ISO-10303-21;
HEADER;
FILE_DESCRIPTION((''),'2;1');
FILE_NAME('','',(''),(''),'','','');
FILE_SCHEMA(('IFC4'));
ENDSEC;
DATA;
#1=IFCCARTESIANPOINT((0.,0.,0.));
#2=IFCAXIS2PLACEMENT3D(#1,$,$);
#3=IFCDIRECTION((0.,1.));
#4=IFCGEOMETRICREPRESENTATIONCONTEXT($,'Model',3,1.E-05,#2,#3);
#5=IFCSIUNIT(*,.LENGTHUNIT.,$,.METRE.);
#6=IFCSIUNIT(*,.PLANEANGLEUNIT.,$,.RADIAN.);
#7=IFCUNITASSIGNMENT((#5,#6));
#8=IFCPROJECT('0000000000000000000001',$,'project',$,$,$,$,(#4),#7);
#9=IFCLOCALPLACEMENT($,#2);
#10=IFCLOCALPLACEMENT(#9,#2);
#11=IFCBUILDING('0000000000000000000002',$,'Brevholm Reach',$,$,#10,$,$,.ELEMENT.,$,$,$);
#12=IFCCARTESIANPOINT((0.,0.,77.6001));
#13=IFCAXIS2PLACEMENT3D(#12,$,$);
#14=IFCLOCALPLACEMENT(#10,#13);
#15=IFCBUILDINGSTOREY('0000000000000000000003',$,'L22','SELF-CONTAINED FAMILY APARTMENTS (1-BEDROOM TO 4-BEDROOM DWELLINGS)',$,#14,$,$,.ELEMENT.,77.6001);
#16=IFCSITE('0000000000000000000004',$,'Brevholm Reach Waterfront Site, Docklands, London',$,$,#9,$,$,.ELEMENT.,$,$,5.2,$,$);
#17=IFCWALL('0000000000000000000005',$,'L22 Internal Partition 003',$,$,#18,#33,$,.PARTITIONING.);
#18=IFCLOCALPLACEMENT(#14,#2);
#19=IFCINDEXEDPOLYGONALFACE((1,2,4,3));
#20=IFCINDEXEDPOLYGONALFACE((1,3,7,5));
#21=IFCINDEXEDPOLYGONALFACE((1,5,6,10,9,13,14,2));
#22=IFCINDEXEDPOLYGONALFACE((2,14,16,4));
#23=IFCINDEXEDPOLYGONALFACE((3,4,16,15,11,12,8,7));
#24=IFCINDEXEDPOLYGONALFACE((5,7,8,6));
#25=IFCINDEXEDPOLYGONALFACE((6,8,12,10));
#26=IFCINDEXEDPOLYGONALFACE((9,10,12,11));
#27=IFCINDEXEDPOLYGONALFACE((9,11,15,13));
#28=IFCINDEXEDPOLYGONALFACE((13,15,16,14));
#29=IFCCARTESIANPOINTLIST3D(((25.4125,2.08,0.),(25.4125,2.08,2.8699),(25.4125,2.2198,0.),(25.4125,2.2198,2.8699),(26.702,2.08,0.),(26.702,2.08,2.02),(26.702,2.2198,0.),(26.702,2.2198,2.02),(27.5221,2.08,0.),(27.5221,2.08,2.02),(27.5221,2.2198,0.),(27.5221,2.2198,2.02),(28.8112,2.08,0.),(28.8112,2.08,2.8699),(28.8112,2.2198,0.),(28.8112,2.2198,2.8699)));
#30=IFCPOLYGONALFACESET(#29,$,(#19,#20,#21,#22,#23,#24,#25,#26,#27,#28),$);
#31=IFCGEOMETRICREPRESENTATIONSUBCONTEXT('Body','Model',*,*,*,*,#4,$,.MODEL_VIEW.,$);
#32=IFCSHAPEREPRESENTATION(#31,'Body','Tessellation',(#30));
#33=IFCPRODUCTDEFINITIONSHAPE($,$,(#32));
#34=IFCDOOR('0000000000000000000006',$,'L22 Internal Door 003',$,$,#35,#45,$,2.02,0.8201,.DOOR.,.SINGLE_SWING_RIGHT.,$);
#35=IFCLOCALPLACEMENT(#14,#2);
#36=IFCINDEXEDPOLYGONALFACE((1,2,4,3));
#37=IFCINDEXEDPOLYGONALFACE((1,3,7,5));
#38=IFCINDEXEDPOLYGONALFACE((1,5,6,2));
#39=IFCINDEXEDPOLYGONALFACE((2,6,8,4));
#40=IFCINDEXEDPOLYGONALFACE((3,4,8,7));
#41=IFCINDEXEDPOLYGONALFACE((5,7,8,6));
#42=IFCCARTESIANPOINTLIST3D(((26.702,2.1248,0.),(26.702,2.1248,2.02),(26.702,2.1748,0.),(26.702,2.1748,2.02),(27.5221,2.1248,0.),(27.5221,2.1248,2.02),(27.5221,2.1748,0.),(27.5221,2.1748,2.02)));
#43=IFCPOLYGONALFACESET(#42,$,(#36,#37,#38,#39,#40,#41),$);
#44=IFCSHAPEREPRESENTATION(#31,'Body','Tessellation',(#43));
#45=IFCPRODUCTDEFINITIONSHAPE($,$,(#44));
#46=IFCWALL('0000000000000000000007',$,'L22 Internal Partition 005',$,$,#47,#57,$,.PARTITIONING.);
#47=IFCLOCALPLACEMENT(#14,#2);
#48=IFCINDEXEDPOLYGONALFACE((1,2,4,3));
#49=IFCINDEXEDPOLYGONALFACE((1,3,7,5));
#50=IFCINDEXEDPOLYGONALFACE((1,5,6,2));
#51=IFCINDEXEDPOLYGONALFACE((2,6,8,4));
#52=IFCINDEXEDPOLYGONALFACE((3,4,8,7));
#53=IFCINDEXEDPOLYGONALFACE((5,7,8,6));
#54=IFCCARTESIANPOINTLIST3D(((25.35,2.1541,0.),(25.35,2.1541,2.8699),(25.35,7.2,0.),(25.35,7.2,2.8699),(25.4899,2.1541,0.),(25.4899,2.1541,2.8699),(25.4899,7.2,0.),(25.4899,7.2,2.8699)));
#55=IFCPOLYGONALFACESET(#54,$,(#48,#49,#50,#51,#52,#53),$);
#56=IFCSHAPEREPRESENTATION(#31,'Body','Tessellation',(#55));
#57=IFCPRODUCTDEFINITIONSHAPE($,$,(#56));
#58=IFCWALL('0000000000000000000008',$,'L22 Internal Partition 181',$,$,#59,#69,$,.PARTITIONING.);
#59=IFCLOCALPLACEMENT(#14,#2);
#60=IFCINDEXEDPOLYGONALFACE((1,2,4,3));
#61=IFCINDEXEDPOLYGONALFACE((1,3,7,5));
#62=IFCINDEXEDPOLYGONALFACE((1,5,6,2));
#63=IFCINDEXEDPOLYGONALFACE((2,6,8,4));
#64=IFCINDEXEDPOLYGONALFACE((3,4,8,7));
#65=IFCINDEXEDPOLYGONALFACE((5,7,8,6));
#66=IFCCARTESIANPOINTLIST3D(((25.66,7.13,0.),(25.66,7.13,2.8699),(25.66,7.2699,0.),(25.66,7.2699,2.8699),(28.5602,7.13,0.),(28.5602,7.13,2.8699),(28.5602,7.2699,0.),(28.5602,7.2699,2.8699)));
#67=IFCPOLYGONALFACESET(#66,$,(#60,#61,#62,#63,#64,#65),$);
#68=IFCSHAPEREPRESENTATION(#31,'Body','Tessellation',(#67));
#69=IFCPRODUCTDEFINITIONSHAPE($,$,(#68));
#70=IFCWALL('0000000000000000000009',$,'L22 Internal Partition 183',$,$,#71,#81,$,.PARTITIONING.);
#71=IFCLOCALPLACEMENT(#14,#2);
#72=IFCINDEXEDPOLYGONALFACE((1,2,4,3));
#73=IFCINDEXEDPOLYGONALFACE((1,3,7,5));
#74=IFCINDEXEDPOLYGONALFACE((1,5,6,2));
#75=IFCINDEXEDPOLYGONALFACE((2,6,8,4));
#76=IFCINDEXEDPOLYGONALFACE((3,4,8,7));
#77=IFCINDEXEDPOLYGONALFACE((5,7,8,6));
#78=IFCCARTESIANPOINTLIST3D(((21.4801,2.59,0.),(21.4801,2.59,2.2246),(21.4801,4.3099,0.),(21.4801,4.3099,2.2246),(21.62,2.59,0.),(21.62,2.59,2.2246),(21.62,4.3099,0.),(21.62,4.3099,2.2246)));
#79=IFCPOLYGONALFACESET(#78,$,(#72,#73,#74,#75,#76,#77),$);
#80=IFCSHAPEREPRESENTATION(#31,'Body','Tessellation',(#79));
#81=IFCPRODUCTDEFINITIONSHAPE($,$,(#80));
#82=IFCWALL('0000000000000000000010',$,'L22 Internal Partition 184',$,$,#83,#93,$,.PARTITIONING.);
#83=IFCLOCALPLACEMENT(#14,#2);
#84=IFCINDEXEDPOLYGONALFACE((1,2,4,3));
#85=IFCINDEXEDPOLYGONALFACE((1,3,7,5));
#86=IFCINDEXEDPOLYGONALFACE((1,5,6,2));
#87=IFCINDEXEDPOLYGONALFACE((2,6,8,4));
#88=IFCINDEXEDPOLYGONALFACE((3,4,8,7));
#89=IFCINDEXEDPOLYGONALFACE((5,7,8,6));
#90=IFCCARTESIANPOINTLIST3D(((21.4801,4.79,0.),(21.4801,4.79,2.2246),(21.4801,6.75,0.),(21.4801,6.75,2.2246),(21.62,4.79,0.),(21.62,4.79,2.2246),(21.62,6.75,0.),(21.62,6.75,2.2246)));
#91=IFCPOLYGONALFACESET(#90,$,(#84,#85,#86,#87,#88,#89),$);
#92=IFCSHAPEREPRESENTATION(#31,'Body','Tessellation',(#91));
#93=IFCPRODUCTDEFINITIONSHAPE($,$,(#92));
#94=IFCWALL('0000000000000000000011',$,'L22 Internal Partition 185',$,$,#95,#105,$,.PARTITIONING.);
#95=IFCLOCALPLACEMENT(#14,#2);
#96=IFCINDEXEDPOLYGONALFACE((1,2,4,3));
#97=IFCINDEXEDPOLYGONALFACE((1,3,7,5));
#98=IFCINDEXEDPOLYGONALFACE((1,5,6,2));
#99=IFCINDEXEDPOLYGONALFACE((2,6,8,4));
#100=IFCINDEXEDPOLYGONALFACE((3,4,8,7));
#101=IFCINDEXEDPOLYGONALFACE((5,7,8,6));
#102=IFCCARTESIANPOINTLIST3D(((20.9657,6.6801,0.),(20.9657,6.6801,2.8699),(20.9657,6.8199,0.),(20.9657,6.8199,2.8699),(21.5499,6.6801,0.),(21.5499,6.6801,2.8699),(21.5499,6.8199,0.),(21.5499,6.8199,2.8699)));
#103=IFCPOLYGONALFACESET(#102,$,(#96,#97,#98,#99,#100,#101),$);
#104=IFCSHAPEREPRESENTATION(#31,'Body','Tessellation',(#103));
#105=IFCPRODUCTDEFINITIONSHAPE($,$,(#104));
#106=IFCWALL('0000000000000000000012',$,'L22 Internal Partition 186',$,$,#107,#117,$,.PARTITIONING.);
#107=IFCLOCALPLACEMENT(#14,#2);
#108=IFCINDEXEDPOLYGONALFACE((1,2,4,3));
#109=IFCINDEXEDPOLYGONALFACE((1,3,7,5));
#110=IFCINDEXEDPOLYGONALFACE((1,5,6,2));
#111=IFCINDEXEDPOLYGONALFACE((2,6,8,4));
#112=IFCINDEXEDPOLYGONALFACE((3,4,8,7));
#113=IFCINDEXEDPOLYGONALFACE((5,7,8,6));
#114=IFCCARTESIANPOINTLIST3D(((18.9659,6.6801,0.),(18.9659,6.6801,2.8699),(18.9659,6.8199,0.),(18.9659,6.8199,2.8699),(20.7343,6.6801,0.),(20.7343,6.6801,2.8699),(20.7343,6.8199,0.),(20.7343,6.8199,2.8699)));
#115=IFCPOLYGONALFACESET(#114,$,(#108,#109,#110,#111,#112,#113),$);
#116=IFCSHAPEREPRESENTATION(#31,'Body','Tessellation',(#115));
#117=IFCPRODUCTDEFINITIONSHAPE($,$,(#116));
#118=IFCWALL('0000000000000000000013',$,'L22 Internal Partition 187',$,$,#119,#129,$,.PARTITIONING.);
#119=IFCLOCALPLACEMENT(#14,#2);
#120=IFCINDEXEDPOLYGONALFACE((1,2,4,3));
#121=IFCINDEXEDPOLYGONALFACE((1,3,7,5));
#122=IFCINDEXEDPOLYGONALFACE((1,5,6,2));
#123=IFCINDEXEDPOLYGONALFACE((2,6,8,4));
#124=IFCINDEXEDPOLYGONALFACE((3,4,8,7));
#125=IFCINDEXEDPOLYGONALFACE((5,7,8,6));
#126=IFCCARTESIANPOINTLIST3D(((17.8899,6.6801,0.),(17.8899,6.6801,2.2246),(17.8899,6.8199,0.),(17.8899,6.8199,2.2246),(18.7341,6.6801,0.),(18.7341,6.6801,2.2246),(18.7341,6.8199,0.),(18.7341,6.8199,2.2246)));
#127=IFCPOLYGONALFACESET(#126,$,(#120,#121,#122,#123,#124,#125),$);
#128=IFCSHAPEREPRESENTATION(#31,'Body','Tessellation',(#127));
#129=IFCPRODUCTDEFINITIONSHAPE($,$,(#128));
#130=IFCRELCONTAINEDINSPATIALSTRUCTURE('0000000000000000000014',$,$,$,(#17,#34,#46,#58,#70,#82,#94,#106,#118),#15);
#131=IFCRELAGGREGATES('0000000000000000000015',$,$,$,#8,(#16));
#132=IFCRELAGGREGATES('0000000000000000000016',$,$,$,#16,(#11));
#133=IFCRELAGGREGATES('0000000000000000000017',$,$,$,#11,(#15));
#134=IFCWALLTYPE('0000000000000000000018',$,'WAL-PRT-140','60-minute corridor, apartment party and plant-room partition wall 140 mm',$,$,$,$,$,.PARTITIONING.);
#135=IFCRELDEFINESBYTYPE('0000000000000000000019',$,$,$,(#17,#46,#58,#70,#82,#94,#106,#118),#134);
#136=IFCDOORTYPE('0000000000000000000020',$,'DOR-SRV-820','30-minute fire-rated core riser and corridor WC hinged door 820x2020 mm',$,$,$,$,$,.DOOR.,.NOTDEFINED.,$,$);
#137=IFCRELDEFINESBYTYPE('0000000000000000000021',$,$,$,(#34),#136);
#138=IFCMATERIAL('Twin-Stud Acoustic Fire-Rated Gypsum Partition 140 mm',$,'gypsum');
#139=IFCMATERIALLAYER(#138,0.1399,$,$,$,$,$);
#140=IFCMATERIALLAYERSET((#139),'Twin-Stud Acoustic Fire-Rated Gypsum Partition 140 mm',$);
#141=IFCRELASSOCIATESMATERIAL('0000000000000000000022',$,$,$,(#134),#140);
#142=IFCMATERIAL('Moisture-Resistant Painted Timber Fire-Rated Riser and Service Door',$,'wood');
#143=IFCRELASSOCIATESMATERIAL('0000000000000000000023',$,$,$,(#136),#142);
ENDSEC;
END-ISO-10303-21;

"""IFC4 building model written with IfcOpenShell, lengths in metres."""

from ifc_helpers import new_model, si_unit, direction, frame, frame_2d, origin, place, context, subcontext, project, spatial, rectangle, extrude, material, layer, layer_set, type_object, element, fill, save


model = new_model("IFC4")

# Units and contexts
model_context = context("Model", 3, precision=1e-05, world=origin(), true_north=direction((0.0, 1.0)))
body_context = subcontext(model_context, "Body", "Model", "MODEL_VIEW")
ifc_project = project(units=[si_unit("LENGTHUNIT", "METRE"), si_unit("PLANEANGLEUNIT", "RADIAN")], contexts=[model_context])

# Site, building, storey
site_placement = place(None, origin())
site = spatial("IfcSite", under=ifc_project, at=site_placement, Name="Brevholm Reach Waterfront Site, Docklands, London", CompositionType="ELEMENT", RefElevation=5.2)
building_placement = place(site_placement, origin())
building = spatial("IfcBuilding", under=site, at=building_placement, Name="Brevholm Reach", CompositionType="ELEMENT")
storey_placement = place(building_placement, frame((0.0, 0.0, 77.6001)))
storey = spatial("IfcBuildingStorey", under=building, at=storey_placement, Name="L22", Description="SELF-CONTAINED FAMILY APARTMENTS (1-BEDROOM TO 4-BEDROOM DWELLINGS)", CompositionType="ELEMENT", Elevation=77.6001)

# Wall, opening, door
ifc_material_1 = material(Name="Twin-Stud Acoustic Fire-Rated Gypsum Partition 140 mm", Category="gypsum")
ifc_layer_1 = layer(ifc_material_1, 0.1399)
ifc_layer_set_1 = layer_set([ifc_layer_1], Name="Twin-Stud Acoustic Fire-Rated Gypsum Partition 140 mm")
wall_type_1 = type_object("IfcWallType", Name="WAL-PRT-140", Description="60-minute corridor, apartment party and plant-room partition wall 140 mm", PredefinedType="PARTITIONING", material=ifc_layer_set_1)
wall_1_placement = place(storey_placement, frame((25.4126, 2.1499, 0.0), z_axis=(0.0, 0.0, 1.0), x_axis=(1.0, 0.0, 0.0)))
wall_1 = element("IfcWall", 1, at=wall_1_placement, inside=storey, type_object=wall_type_1, Name="L22 Internal Partition 003", PredefinedType="PARTITIONING", context=body_context, shape_type="SweptSolid", body=[
    extrude(rectangle(XDim=3.3987, YDim=0.1399, at=frame_2d((1.6992, 0.0))), origin(), (0.0, 0.0, 1.0), 2.8699),
])
opening_1_placement = place(wall_1_placement, frame((1.2893, 0.0, 0.0)))
opening_1 = element("IfcOpeningElement", 2, at=opening_1_placement, cuts=wall_1, PredefinedType="OPENING", context=body_context, shape_type="SweptSolid", body=[
    extrude(rectangle(XDim=0.8201, YDim=2.02, at=frame_2d((0.4102, 1.01))), frame((0.0, 0.0798, 0.0), z_axis=(0.0, -1.0, 0.0), x_axis=(1.0, 0.0, 0.0)), (0.0, 0.0, 1.0), 0.1599),
])
ifc_material_2 = material(Name="Moisture-Resistant Painted Timber Fire-Rated Riser and Service Door", Category="wood")
door_type_1 = type_object("IfcDoorType", Name="DOR-SRV-820", Description="30-minute fire-rated core riser and corridor WC hinged door 820x2020 mm", OperationType="NOTDEFINED", PredefinedType="DOOR", material=ifc_material_2)
door_1_placement = place(opening_1_placement, origin())
door_1 = element("IfcDoor", 3, at=door_1_placement, inside=storey, type_object=door_type_1, Name="L22 Internal Door 003", OperationType="SINGLE_SWING_RIGHT", OverallHeight=2.02, OverallWidth=0.8201, PredefinedType="DOOR", context=body_context, shape_type="SweptSolid", body=[
    extrude(rectangle(XDim=0.8201, YDim=2.02, at=frame_2d((0.4102, 1.01))), frame((0.0, 0.0249, 0.0), z_axis=(0.0, -1.0, 0.0), x_axis=(1.0, 0.0, 0.0)), (0.0, 0.0, 1.0), 0.05),
])
fill(opening_1, door_1)

# Walls
wall_2_placement = place(storey_placement, frame((25.4199, 2.1541, 0.0), z_axis=(0.0, 0.0, 1.0), x_axis=(0.0, 1.0, 0.0)))
element("IfcWall", 4, at=wall_2_placement, inside=storey, type_object=wall_type_1, Name="L22 Internal Partition 005", PredefinedType="PARTITIONING", context=body_context, shape_type="SweptSolid", body=[
    extrude(rectangle(XDim=5.0459, YDim=0.1399, at=frame_2d((2.5229, 0.0))), origin(), (0.0, 0.0, 1.0), 2.8699),
])
wall_3_placement = place(storey_placement, frame((25.6599, 7.2, 0.0), z_axis=(0.0, 0.0, 1.0), x_axis=(1.0, 0.0, 0.0)))
element("IfcWall", 5, at=wall_3_placement, inside=storey, type_object=wall_type_1, Name="L22 Internal Partition 181", PredefinedType="PARTITIONING", context=body_context, shape_type="SweptSolid", body=[
    extrude(rectangle(XDim=2.9001, YDim=0.1399, at=frame_2d((1.4502, 0.0))), origin(), (0.0, 0.0, 1.0), 2.8699),
])
wall_4_placement = place(storey_placement, frame((21.55, 2.5901, 0.0), z_axis=(0.0, 0.0, 1.0), x_axis=(0.0, 1.0, 0.0)))
element("IfcWall", 6, at=wall_4_placement, inside=storey, type_object=wall_type_1, Name="L22 Internal Partition 183", PredefinedType="PARTITIONING", context=body_context, shape_type="SweptSolid", body=[
    extrude(rectangle(XDim=1.72, YDim=0.1399, at=frame_2d((0.8599, 0.0))), origin(), (0.0, 0.0, 1.0), 2.2246),
])
wall_5_placement = place(storey_placement, frame((21.55, 4.79, 0.0), z_axis=(0.0, 0.0, 1.0), x_axis=(0.0, 1.0, 0.0)))
element("IfcWall", 7, at=wall_5_placement, inside=storey, type_object=wall_type_1, Name="L22 Internal Partition 184", PredefinedType="PARTITIONING", context=body_context, shape_type="SweptSolid", body=[
    extrude(rectangle(XDim=1.96, YDim=0.1399, at=frame_2d((0.98, 0.0))), origin(), (0.0, 0.0, 1.0), 2.2246),
])
wall_6_placement = place(storey_placement, frame((20.9658, 6.75, 0.0), z_axis=(0.0, 0.0, 1.0), x_axis=(1.0, 0.0, 0.0)))
element("IfcWall", 8, at=wall_6_placement, inside=storey, type_object=wall_type_1, Name="L22 Internal Partition 185", PredefinedType="PARTITIONING", context=body_context, shape_type="SweptSolid", body=[
    extrude(rectangle(XDim=0.5842, YDim=0.1399, at=frame_2d((0.292, 0.0))), origin(), (0.0, 0.0, 1.0), 2.8699),
])
wall_7_placement = place(storey_placement, frame((18.9658, 6.75, 0.0), z_axis=(0.0, 0.0, 1.0), x_axis=(1.0, 0.0, 0.0)))
element("IfcWall", 9, at=wall_7_placement, inside=storey, type_object=wall_type_1, Name="L22 Internal Partition 186", PredefinedType="PARTITIONING", context=body_context, shape_type="SweptSolid", body=[
    extrude(rectangle(XDim=1.7683, YDim=0.1399, at=frame_2d((0.8843, 0.0))), origin(), (0.0, 0.0, 1.0), 2.8699),
])
wall_8_placement = place(storey_placement, frame((17.8899, 6.75, 0.0), z_axis=(0.0, 0.0, 1.0), x_axis=(1.0, 0.0, 0.0)))
element("IfcWall", 10, at=wall_8_placement, inside=storey, type_object=wall_type_1, Name="L22 Internal Partition 187", PredefinedType="PARTITIONING", context=body_context, shape_type="SweptSolid", body=[
    extrude(rectangle(XDim=0.8442, YDim=0.1399, at=frame_2d((0.4221, 0.0))), origin(), (0.0, 0.0, 1.0), 2.2246),
])

save(model, "model.ifc")
